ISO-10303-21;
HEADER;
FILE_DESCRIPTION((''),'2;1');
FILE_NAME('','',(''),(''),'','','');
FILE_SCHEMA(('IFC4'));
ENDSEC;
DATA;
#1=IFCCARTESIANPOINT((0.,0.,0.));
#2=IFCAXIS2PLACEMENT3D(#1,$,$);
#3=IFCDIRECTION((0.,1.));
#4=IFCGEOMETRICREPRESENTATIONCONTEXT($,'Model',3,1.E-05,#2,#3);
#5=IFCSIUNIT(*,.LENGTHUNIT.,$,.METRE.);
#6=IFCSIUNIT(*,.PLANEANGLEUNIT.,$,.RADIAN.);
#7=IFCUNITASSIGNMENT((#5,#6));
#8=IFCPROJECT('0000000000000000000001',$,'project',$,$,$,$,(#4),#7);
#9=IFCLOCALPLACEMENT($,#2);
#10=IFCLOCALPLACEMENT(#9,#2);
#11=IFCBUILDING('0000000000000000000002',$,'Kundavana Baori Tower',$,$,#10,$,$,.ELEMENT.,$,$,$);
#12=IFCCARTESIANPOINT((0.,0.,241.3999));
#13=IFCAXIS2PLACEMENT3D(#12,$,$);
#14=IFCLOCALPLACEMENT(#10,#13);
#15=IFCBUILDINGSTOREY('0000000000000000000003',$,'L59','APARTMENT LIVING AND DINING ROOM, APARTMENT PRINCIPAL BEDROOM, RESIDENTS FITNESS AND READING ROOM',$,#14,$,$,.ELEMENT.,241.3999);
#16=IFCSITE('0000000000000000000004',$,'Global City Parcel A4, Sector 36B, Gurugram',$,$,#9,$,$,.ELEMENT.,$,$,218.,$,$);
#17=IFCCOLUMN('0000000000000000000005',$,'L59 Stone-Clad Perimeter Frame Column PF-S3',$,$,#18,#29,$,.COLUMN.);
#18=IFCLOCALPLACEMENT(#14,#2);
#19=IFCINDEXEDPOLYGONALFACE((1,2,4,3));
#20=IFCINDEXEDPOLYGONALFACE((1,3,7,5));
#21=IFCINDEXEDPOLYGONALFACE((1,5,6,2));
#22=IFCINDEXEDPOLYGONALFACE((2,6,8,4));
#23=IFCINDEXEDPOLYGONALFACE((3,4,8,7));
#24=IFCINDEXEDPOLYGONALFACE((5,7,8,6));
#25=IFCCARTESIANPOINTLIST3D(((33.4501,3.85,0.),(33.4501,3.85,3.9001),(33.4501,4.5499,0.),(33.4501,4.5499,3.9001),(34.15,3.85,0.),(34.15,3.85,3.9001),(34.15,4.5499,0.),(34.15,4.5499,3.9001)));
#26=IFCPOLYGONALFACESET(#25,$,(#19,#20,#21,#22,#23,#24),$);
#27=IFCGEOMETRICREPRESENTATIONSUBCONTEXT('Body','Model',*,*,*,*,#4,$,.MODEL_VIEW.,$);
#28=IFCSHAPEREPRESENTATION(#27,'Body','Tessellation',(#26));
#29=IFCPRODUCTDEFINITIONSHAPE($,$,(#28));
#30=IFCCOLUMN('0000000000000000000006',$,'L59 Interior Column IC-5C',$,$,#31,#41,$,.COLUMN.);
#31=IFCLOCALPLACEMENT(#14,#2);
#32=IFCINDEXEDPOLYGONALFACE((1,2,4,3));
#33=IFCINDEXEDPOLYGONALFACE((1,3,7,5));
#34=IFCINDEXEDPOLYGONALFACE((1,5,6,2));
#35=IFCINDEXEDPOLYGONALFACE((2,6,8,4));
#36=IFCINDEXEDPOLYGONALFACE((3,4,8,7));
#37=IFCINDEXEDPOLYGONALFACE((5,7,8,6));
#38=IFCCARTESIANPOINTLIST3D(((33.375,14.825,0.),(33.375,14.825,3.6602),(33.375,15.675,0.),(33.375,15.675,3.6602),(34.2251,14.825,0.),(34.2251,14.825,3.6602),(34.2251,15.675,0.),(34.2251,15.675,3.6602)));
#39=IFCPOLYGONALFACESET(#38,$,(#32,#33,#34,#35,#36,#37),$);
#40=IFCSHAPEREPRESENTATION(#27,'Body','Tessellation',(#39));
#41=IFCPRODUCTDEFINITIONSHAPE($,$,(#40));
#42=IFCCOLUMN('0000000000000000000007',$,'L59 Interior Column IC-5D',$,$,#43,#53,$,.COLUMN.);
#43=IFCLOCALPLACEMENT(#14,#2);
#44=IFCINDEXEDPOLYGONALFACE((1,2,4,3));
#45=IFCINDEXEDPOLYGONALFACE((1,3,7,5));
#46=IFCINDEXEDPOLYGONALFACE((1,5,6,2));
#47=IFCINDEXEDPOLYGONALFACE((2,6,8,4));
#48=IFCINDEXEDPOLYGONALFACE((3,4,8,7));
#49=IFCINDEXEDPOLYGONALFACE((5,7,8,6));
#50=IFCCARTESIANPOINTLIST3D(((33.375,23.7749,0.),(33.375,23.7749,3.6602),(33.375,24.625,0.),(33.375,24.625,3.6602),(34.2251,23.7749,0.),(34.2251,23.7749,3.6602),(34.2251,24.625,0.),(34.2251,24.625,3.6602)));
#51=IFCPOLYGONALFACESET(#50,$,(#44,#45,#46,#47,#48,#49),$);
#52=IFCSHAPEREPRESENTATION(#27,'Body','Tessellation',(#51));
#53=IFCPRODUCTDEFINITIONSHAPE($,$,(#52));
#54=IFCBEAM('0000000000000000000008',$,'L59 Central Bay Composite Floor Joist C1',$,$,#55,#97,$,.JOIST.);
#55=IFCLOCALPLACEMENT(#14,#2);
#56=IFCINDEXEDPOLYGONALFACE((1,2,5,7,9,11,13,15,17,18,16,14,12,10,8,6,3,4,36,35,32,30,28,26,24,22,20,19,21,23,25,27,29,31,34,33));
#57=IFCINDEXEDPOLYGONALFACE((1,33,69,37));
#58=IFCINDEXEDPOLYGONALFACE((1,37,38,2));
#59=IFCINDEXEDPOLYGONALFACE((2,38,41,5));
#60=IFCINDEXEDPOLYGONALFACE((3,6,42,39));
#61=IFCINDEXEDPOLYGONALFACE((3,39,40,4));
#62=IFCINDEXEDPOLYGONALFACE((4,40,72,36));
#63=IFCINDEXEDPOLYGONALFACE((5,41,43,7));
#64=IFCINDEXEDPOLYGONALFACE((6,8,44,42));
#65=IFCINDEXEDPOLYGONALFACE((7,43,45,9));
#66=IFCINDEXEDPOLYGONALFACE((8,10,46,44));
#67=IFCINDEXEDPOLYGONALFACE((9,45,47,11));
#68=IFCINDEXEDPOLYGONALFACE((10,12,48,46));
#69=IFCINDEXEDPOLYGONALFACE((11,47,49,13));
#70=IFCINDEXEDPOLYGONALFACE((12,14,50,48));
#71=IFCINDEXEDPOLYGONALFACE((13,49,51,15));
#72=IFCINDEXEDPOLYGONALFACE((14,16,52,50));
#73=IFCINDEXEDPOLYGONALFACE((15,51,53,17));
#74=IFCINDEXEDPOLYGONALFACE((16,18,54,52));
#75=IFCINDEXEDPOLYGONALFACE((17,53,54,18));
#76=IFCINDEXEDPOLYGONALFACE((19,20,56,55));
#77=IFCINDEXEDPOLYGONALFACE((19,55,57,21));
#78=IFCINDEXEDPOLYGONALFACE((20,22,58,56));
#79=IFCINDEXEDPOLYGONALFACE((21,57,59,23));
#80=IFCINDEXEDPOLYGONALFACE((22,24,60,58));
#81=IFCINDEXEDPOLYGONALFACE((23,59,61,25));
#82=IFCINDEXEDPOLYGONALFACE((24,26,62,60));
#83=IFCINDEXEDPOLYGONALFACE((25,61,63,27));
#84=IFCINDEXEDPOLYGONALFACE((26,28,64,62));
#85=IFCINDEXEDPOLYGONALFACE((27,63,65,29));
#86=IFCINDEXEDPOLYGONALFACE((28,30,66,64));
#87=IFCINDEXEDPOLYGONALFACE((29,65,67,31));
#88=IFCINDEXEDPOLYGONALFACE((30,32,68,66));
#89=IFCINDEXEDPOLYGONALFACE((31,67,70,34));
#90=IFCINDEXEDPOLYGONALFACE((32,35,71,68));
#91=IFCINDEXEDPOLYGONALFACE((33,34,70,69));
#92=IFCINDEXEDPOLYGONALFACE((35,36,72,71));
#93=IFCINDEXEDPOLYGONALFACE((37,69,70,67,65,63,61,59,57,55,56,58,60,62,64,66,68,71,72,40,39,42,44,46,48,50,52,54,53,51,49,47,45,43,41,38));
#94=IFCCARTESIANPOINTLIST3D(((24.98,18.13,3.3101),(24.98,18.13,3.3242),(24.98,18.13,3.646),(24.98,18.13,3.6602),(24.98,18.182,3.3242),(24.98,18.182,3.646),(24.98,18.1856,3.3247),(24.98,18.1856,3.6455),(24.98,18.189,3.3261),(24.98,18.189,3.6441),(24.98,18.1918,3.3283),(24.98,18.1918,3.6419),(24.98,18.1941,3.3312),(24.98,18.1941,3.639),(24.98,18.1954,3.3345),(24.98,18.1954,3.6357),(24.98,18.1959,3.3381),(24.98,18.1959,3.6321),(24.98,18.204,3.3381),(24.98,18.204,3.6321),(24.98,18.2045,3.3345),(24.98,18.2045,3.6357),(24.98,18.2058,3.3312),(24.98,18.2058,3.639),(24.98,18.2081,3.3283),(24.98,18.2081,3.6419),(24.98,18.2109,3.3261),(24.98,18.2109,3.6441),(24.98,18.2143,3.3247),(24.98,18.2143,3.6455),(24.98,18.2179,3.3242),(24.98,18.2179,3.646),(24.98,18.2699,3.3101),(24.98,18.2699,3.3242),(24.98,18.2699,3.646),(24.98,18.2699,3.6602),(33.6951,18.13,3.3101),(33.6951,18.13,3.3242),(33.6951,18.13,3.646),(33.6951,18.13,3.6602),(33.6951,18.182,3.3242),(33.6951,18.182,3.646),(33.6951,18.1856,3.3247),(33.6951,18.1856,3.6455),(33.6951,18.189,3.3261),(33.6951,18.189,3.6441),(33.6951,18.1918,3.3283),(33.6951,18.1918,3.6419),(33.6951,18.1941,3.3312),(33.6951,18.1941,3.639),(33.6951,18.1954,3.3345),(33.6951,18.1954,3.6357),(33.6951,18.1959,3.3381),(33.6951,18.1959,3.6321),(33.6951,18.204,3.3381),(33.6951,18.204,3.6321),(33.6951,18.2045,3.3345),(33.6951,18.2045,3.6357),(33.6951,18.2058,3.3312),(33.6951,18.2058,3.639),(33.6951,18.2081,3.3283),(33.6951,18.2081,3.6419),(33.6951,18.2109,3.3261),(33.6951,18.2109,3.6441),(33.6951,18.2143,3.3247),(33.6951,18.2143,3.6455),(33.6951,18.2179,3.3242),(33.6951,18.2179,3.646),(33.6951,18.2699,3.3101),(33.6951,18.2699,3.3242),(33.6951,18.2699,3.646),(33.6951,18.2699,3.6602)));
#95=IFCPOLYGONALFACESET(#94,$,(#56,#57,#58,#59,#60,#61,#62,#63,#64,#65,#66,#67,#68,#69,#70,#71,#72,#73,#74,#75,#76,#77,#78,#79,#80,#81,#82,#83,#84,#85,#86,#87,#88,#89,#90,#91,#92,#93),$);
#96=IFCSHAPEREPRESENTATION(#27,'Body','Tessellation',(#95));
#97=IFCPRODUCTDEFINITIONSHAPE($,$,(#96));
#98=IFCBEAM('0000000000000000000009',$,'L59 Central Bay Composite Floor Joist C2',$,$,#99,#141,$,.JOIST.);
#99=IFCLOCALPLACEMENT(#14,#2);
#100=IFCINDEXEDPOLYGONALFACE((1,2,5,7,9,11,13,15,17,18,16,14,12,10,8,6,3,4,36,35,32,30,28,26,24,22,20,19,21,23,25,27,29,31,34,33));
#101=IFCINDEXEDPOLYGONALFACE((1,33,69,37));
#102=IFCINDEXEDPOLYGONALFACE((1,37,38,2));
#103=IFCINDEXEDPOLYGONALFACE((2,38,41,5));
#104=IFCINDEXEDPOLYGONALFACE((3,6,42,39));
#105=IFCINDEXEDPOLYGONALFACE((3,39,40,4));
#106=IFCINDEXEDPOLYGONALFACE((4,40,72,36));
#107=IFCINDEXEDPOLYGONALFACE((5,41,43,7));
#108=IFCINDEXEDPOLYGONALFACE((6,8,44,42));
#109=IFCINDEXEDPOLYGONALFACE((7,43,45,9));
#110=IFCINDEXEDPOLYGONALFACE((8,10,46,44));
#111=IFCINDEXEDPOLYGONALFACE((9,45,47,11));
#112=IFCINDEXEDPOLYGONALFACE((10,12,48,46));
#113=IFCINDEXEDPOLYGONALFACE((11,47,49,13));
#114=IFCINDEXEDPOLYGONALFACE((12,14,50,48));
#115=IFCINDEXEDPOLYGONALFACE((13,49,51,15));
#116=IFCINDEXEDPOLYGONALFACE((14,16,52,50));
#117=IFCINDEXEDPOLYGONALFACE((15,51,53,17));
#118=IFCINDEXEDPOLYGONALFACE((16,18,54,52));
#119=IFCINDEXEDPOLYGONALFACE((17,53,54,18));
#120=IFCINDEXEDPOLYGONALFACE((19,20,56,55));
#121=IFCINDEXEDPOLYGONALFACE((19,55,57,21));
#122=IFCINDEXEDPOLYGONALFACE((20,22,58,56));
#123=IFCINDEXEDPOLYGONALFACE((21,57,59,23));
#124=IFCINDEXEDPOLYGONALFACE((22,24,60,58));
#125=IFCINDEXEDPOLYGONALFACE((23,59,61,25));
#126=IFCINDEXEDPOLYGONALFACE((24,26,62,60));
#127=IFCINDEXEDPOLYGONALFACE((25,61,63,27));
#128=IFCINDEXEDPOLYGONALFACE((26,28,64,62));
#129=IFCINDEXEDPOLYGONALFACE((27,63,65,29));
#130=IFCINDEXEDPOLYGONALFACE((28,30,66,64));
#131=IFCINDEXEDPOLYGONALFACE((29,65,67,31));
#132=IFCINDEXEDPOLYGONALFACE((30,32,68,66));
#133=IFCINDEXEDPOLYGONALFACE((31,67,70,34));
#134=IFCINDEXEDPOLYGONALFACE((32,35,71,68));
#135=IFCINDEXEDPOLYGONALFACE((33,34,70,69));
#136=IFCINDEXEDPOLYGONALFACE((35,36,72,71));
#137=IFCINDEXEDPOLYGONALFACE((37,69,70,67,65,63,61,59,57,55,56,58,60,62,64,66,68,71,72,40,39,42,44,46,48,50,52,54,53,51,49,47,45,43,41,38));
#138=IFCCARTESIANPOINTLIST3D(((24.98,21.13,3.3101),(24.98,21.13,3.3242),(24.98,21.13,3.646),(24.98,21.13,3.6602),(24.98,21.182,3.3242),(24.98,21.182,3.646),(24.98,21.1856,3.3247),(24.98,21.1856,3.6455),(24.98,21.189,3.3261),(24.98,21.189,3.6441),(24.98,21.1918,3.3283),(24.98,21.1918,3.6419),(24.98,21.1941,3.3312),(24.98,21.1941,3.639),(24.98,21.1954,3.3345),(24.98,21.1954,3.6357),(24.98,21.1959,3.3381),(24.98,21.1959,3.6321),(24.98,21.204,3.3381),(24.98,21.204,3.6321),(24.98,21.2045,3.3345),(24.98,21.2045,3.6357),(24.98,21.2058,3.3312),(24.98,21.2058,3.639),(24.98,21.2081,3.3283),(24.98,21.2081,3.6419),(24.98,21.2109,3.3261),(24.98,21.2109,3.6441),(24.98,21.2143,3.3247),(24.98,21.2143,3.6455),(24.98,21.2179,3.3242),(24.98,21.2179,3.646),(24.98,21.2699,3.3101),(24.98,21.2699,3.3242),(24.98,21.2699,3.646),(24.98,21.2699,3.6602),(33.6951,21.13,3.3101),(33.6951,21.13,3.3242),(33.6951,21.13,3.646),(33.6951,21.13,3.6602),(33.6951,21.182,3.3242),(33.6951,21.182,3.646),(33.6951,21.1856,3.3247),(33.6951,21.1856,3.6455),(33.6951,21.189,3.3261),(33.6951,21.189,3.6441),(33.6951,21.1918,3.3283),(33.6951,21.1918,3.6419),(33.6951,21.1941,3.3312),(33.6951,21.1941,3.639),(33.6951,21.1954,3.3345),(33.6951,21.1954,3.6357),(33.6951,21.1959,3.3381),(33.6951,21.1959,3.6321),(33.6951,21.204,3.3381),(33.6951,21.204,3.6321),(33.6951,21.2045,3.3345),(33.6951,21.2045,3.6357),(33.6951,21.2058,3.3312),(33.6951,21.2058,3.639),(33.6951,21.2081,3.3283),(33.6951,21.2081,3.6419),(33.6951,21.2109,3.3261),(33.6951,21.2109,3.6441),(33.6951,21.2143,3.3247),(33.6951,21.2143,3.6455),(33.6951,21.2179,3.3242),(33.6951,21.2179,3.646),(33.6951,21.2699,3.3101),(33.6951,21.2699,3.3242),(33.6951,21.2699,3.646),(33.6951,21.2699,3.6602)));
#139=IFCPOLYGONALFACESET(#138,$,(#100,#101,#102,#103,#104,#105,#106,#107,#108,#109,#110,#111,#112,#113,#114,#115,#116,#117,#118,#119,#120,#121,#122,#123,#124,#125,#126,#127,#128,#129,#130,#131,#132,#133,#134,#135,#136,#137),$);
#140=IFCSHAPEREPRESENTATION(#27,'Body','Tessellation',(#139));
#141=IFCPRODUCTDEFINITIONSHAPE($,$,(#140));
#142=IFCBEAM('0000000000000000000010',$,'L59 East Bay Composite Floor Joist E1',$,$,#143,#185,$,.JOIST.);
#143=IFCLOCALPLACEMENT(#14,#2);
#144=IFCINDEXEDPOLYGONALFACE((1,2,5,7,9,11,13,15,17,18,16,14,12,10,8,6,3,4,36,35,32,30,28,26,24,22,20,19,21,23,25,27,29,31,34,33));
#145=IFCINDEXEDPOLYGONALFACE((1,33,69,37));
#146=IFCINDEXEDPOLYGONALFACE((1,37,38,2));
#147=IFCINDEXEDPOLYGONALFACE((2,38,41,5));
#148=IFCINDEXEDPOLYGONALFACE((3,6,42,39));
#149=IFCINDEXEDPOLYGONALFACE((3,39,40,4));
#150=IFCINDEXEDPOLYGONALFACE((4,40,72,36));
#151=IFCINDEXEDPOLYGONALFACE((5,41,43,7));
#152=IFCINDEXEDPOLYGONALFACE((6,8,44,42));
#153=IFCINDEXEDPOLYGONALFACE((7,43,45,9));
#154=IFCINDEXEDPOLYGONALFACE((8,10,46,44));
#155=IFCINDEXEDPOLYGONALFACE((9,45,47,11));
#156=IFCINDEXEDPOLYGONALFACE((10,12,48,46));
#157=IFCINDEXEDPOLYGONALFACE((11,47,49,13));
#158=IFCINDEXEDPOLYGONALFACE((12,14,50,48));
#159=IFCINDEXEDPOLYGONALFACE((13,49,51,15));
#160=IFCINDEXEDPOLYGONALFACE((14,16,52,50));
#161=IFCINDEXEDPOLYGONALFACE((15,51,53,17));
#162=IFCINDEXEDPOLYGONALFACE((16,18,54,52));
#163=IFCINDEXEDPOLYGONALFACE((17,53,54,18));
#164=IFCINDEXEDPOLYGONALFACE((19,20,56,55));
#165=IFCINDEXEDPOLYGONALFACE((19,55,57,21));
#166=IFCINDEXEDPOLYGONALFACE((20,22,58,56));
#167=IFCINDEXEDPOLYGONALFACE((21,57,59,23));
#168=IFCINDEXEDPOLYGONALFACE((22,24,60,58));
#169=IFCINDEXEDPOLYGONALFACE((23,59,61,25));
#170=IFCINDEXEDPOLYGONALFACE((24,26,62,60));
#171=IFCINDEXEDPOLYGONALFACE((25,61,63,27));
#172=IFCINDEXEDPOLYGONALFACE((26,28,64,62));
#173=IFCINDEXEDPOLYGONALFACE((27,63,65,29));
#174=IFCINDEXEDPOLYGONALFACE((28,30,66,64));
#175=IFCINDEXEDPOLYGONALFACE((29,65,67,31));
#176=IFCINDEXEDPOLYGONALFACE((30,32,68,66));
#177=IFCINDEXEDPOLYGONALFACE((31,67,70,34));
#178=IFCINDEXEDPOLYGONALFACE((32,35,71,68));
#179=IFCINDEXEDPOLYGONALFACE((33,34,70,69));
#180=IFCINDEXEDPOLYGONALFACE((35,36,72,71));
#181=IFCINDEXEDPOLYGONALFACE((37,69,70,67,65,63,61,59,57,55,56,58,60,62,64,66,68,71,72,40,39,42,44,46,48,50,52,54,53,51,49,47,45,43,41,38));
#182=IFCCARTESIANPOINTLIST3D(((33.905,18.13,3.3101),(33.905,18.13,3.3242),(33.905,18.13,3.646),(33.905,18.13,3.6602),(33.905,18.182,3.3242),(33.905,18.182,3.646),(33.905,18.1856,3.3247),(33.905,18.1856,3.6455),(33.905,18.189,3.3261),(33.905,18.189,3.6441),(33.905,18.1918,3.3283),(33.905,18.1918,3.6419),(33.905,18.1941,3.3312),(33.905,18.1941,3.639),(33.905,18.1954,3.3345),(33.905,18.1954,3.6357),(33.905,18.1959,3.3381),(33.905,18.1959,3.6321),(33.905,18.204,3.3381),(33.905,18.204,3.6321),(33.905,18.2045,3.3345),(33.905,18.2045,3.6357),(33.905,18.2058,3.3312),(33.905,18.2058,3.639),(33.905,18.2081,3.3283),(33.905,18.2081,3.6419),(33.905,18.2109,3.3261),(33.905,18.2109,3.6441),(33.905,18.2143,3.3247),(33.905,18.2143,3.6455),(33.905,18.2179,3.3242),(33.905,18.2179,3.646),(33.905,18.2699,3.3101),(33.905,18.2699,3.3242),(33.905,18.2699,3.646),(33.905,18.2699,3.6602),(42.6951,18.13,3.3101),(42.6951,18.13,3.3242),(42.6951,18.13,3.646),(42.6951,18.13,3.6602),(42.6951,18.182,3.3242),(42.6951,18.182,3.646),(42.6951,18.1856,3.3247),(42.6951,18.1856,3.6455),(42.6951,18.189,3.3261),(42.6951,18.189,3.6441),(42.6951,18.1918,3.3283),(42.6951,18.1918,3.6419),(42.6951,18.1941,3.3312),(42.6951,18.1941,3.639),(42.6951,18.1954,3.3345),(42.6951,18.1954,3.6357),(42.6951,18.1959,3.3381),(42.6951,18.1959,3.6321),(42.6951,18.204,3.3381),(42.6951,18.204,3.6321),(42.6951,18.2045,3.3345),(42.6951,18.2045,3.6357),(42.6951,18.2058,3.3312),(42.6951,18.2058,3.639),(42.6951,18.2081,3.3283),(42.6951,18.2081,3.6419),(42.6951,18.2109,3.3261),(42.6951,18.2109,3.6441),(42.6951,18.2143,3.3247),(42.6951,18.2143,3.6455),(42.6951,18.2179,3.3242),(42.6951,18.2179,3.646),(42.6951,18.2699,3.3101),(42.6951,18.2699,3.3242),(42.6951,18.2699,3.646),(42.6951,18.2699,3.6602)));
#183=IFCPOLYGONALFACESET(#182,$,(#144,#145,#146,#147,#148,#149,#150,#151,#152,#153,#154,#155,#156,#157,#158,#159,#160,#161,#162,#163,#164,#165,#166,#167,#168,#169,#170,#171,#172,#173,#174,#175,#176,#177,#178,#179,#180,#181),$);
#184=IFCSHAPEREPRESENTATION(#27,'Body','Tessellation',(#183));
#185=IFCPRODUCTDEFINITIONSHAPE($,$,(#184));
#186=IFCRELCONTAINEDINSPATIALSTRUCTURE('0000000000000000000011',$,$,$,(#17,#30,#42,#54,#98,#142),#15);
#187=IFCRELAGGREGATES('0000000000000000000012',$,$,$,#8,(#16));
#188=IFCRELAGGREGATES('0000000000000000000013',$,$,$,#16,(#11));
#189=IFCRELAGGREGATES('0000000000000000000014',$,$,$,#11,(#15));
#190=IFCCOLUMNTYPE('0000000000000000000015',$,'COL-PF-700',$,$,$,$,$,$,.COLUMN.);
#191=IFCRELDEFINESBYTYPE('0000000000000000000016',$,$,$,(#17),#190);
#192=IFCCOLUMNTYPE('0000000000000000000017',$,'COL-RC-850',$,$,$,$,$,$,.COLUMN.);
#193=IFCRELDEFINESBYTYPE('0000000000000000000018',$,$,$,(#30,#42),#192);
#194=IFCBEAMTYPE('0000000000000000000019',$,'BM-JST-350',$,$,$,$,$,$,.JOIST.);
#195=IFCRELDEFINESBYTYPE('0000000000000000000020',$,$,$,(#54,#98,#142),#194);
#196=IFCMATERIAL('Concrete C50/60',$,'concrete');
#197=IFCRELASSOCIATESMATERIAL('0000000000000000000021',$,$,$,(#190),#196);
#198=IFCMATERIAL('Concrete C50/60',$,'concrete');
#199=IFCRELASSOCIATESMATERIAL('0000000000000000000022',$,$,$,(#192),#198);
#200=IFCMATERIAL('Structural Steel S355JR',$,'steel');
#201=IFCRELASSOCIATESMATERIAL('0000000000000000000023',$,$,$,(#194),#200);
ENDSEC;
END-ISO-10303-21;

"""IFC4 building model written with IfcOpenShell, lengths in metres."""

from ifc_helpers import new_model, si_unit, direction, frame, origin, origin_2d, place, context, subcontext, project, spatial, rectangle, i_section, extrude, material, material_profile, profile_set, type_object, element, save


model = new_model("IFC4")

# Units and contexts
model_context = context("Model", 3, precision=1e-05, world=origin(), true_north=direction((0.0, 1.0)))
body_context = subcontext(model_context, "Body", "Model", "MODEL_VIEW")
ifc_project = project(units=[si_unit("LENGTHUNIT", "METRE"), si_unit("PLANEANGLEUNIT", "RADIAN")], contexts=[model_context])

# Site, building, storey
site_placement = place(None, origin())
site = spatial("IfcSite", under=ifc_project, at=site_placement, Name="Global City Parcel A4, Sector 36B, Gurugram", CompositionType="ELEMENT", RefElevation=218.0)
building_placement = place(site_placement, origin())
building = spatial("IfcBuilding", under=site, at=building_placement, Name="Kundavana Baori Tower", CompositionType="ELEMENT")
storey_placement = place(building_placement, frame((0.0, 0.0, 241.3999)))
storey = spatial("IfcBuildingStorey", under=building, at=storey_placement, Name="L59", Description="APARTMENT LIVING AND DINING ROOM, APARTMENT PRINCIPAL BEDROOM, RESIDENTS FITNESS AND READING ROOM", CompositionType="ELEMENT", Elevation=241.3999)

# Columns
ifc_material_1 = material(Name="Concrete C50/60", Category="concrete")
ifc_material_profile_1 = material_profile(ifc_material_1, rectangle(XDim=0.7, YDim=0.7, at=origin_2d()), Name="RC PF 700x700")
ifc_profile_set_1 = profile_set([ifc_material_profile_1], Name="Concrete C50/60")
column_type_1 = type_object("IfcColumnType", Name="COL-PF-700", PredefinedType="COLUMN", material=ifc_profile_set_1)
column_placement = place(storey_placement, frame((33.8, 4.2, 0.0), z_axis=(0.0, 0.0, 1.0), x_axis=(1.0, 0.0, 0.0)))
element("IfcColumn", 1, at=column_placement, inside=storey, type_object=column_type_1, Name="L59 Stone-Clad Perimeter Frame Column PF-S3", PredefinedType="COLUMN", context=body_context, shape_type="SweptSolid", body=[
    extrude(rectangle(XDim=0.7, YDim=0.7, at=origin_2d()), origin(), (0.0, 0.0, 1.0), 3.9001),
])
ifc_material_2 = material(Name="Concrete C50/60", Category="concrete")
ifc_material_profile_2 = material_profile(ifc_material_2, rectangle(XDim=0.8501, YDim=0.8501, at=origin_2d()), Name="RC 850x850")
ifc_profile_set_2 = profile_set([ifc_material_profile_2], Name="Concrete C50/60")
column_type_2 = type_object("IfcColumnType", Name="COL-RC-850", PredefinedType="COLUMN", material=ifc_profile_set_2)
for number, where, z_axis, x_axis, name in (
    (2, (33.8, 15.25, 0.0), (0.0, 0.0, 1.0), (1.0, 0.0, 0.0), "L59 Interior Column IC-5C"),
    (3, (33.8, 24.2, 0.0), (0.0, 0.0, 1.0), (1.0, 0.0, 0.0), "L59 Interior Column IC-5D"),
):
    element("IfcColumn", number, at=place(storey_placement, frame(where, z_axis=z_axis, x_axis=x_axis)), inside=storey, type_object=column_type_2, Name=name, PredefinedType="COLUMN", context=body_context, shape_type="SweptSolid", body=[
        extrude(rectangle(XDim=0.8501, YDim=0.8501, at=origin_2d()), origin(), (0.0, 0.0, 1.0), 3.6602),
    ])

# Beams
ifc_material_3 = material(Name="Structural Steel S355JR", Category="steel")
ifc_material_profile_3 = material_profile(ifc_material_3, i_section(OverallWidth=0.1399, OverallDepth=0.3501, WebThickness=0.0081, FlangeThickness=0.0142, FilletRadius=0.0139, at=origin_2d()), Name="ISMB 350")
ifc_profile_set_3 = profile_set([ifc_material_profile_3], Name="Structural Steel S355JR")
beam_type_1 = type_object("IfcBeamType", Name="BM-JST-350", PredefinedType="JOIST", material=ifc_profile_set_3)
for number, where, z_axis, x_axis, name in (
    (4, (24.98, 18.2, 3.4851), (1.0, 0.0, 0.0), (0.0, 1.0, 0.0), "L59 Central Bay Composite Floor Joist C1"),
    (5, (24.98, 21.2, 3.4851), (1.0, 0.0, 0.0), (0.0, 1.0, 0.0), "L59 Central Bay Composite Floor Joist C2"),
):
    element("IfcBeam", number, at=place(storey_placement, frame(where, z_axis=z_axis, x_axis=x_axis)), inside=storey, type_object=beam_type_1, Name=name, PredefinedType="JOIST", context=body_context, shape_type="SweptSolid", body=[
        extrude(i_section(OverallWidth=0.1399, OverallDepth=0.3501, WebThickness=0.0081, FlangeThickness=0.0142, FilletRadius=0.0139, at=origin_2d()), origin(), (0.0, 0.0, 1.0), 8.7151),
    ])
for number, where, z_axis, x_axis, name in (
    (6, (33.905, 18.2, 3.4851), (1.0, 0.0, 0.0), (0.0, 1.0, 0.0), "L59 East Bay Composite Floor Joist E1"),
):
    element("IfcBeam", number, at=place(storey_placement, frame(where, z_axis=z_axis, x_axis=x_axis)), inside=storey, type_object=beam_type_1, Name=name, PredefinedType="JOIST", context=body_context, shape_type="SweptSolid", body=[
        extrude(i_section(OverallWidth=0.1399, OverallDepth=0.3501, WebThickness=0.0081, FlangeThickness=0.0142, FilletRadius=0.0139, at=origin_2d()), origin(), (0.0, 0.0, 1.0), 8.79),
    ])

save(model, "model.ifc")
